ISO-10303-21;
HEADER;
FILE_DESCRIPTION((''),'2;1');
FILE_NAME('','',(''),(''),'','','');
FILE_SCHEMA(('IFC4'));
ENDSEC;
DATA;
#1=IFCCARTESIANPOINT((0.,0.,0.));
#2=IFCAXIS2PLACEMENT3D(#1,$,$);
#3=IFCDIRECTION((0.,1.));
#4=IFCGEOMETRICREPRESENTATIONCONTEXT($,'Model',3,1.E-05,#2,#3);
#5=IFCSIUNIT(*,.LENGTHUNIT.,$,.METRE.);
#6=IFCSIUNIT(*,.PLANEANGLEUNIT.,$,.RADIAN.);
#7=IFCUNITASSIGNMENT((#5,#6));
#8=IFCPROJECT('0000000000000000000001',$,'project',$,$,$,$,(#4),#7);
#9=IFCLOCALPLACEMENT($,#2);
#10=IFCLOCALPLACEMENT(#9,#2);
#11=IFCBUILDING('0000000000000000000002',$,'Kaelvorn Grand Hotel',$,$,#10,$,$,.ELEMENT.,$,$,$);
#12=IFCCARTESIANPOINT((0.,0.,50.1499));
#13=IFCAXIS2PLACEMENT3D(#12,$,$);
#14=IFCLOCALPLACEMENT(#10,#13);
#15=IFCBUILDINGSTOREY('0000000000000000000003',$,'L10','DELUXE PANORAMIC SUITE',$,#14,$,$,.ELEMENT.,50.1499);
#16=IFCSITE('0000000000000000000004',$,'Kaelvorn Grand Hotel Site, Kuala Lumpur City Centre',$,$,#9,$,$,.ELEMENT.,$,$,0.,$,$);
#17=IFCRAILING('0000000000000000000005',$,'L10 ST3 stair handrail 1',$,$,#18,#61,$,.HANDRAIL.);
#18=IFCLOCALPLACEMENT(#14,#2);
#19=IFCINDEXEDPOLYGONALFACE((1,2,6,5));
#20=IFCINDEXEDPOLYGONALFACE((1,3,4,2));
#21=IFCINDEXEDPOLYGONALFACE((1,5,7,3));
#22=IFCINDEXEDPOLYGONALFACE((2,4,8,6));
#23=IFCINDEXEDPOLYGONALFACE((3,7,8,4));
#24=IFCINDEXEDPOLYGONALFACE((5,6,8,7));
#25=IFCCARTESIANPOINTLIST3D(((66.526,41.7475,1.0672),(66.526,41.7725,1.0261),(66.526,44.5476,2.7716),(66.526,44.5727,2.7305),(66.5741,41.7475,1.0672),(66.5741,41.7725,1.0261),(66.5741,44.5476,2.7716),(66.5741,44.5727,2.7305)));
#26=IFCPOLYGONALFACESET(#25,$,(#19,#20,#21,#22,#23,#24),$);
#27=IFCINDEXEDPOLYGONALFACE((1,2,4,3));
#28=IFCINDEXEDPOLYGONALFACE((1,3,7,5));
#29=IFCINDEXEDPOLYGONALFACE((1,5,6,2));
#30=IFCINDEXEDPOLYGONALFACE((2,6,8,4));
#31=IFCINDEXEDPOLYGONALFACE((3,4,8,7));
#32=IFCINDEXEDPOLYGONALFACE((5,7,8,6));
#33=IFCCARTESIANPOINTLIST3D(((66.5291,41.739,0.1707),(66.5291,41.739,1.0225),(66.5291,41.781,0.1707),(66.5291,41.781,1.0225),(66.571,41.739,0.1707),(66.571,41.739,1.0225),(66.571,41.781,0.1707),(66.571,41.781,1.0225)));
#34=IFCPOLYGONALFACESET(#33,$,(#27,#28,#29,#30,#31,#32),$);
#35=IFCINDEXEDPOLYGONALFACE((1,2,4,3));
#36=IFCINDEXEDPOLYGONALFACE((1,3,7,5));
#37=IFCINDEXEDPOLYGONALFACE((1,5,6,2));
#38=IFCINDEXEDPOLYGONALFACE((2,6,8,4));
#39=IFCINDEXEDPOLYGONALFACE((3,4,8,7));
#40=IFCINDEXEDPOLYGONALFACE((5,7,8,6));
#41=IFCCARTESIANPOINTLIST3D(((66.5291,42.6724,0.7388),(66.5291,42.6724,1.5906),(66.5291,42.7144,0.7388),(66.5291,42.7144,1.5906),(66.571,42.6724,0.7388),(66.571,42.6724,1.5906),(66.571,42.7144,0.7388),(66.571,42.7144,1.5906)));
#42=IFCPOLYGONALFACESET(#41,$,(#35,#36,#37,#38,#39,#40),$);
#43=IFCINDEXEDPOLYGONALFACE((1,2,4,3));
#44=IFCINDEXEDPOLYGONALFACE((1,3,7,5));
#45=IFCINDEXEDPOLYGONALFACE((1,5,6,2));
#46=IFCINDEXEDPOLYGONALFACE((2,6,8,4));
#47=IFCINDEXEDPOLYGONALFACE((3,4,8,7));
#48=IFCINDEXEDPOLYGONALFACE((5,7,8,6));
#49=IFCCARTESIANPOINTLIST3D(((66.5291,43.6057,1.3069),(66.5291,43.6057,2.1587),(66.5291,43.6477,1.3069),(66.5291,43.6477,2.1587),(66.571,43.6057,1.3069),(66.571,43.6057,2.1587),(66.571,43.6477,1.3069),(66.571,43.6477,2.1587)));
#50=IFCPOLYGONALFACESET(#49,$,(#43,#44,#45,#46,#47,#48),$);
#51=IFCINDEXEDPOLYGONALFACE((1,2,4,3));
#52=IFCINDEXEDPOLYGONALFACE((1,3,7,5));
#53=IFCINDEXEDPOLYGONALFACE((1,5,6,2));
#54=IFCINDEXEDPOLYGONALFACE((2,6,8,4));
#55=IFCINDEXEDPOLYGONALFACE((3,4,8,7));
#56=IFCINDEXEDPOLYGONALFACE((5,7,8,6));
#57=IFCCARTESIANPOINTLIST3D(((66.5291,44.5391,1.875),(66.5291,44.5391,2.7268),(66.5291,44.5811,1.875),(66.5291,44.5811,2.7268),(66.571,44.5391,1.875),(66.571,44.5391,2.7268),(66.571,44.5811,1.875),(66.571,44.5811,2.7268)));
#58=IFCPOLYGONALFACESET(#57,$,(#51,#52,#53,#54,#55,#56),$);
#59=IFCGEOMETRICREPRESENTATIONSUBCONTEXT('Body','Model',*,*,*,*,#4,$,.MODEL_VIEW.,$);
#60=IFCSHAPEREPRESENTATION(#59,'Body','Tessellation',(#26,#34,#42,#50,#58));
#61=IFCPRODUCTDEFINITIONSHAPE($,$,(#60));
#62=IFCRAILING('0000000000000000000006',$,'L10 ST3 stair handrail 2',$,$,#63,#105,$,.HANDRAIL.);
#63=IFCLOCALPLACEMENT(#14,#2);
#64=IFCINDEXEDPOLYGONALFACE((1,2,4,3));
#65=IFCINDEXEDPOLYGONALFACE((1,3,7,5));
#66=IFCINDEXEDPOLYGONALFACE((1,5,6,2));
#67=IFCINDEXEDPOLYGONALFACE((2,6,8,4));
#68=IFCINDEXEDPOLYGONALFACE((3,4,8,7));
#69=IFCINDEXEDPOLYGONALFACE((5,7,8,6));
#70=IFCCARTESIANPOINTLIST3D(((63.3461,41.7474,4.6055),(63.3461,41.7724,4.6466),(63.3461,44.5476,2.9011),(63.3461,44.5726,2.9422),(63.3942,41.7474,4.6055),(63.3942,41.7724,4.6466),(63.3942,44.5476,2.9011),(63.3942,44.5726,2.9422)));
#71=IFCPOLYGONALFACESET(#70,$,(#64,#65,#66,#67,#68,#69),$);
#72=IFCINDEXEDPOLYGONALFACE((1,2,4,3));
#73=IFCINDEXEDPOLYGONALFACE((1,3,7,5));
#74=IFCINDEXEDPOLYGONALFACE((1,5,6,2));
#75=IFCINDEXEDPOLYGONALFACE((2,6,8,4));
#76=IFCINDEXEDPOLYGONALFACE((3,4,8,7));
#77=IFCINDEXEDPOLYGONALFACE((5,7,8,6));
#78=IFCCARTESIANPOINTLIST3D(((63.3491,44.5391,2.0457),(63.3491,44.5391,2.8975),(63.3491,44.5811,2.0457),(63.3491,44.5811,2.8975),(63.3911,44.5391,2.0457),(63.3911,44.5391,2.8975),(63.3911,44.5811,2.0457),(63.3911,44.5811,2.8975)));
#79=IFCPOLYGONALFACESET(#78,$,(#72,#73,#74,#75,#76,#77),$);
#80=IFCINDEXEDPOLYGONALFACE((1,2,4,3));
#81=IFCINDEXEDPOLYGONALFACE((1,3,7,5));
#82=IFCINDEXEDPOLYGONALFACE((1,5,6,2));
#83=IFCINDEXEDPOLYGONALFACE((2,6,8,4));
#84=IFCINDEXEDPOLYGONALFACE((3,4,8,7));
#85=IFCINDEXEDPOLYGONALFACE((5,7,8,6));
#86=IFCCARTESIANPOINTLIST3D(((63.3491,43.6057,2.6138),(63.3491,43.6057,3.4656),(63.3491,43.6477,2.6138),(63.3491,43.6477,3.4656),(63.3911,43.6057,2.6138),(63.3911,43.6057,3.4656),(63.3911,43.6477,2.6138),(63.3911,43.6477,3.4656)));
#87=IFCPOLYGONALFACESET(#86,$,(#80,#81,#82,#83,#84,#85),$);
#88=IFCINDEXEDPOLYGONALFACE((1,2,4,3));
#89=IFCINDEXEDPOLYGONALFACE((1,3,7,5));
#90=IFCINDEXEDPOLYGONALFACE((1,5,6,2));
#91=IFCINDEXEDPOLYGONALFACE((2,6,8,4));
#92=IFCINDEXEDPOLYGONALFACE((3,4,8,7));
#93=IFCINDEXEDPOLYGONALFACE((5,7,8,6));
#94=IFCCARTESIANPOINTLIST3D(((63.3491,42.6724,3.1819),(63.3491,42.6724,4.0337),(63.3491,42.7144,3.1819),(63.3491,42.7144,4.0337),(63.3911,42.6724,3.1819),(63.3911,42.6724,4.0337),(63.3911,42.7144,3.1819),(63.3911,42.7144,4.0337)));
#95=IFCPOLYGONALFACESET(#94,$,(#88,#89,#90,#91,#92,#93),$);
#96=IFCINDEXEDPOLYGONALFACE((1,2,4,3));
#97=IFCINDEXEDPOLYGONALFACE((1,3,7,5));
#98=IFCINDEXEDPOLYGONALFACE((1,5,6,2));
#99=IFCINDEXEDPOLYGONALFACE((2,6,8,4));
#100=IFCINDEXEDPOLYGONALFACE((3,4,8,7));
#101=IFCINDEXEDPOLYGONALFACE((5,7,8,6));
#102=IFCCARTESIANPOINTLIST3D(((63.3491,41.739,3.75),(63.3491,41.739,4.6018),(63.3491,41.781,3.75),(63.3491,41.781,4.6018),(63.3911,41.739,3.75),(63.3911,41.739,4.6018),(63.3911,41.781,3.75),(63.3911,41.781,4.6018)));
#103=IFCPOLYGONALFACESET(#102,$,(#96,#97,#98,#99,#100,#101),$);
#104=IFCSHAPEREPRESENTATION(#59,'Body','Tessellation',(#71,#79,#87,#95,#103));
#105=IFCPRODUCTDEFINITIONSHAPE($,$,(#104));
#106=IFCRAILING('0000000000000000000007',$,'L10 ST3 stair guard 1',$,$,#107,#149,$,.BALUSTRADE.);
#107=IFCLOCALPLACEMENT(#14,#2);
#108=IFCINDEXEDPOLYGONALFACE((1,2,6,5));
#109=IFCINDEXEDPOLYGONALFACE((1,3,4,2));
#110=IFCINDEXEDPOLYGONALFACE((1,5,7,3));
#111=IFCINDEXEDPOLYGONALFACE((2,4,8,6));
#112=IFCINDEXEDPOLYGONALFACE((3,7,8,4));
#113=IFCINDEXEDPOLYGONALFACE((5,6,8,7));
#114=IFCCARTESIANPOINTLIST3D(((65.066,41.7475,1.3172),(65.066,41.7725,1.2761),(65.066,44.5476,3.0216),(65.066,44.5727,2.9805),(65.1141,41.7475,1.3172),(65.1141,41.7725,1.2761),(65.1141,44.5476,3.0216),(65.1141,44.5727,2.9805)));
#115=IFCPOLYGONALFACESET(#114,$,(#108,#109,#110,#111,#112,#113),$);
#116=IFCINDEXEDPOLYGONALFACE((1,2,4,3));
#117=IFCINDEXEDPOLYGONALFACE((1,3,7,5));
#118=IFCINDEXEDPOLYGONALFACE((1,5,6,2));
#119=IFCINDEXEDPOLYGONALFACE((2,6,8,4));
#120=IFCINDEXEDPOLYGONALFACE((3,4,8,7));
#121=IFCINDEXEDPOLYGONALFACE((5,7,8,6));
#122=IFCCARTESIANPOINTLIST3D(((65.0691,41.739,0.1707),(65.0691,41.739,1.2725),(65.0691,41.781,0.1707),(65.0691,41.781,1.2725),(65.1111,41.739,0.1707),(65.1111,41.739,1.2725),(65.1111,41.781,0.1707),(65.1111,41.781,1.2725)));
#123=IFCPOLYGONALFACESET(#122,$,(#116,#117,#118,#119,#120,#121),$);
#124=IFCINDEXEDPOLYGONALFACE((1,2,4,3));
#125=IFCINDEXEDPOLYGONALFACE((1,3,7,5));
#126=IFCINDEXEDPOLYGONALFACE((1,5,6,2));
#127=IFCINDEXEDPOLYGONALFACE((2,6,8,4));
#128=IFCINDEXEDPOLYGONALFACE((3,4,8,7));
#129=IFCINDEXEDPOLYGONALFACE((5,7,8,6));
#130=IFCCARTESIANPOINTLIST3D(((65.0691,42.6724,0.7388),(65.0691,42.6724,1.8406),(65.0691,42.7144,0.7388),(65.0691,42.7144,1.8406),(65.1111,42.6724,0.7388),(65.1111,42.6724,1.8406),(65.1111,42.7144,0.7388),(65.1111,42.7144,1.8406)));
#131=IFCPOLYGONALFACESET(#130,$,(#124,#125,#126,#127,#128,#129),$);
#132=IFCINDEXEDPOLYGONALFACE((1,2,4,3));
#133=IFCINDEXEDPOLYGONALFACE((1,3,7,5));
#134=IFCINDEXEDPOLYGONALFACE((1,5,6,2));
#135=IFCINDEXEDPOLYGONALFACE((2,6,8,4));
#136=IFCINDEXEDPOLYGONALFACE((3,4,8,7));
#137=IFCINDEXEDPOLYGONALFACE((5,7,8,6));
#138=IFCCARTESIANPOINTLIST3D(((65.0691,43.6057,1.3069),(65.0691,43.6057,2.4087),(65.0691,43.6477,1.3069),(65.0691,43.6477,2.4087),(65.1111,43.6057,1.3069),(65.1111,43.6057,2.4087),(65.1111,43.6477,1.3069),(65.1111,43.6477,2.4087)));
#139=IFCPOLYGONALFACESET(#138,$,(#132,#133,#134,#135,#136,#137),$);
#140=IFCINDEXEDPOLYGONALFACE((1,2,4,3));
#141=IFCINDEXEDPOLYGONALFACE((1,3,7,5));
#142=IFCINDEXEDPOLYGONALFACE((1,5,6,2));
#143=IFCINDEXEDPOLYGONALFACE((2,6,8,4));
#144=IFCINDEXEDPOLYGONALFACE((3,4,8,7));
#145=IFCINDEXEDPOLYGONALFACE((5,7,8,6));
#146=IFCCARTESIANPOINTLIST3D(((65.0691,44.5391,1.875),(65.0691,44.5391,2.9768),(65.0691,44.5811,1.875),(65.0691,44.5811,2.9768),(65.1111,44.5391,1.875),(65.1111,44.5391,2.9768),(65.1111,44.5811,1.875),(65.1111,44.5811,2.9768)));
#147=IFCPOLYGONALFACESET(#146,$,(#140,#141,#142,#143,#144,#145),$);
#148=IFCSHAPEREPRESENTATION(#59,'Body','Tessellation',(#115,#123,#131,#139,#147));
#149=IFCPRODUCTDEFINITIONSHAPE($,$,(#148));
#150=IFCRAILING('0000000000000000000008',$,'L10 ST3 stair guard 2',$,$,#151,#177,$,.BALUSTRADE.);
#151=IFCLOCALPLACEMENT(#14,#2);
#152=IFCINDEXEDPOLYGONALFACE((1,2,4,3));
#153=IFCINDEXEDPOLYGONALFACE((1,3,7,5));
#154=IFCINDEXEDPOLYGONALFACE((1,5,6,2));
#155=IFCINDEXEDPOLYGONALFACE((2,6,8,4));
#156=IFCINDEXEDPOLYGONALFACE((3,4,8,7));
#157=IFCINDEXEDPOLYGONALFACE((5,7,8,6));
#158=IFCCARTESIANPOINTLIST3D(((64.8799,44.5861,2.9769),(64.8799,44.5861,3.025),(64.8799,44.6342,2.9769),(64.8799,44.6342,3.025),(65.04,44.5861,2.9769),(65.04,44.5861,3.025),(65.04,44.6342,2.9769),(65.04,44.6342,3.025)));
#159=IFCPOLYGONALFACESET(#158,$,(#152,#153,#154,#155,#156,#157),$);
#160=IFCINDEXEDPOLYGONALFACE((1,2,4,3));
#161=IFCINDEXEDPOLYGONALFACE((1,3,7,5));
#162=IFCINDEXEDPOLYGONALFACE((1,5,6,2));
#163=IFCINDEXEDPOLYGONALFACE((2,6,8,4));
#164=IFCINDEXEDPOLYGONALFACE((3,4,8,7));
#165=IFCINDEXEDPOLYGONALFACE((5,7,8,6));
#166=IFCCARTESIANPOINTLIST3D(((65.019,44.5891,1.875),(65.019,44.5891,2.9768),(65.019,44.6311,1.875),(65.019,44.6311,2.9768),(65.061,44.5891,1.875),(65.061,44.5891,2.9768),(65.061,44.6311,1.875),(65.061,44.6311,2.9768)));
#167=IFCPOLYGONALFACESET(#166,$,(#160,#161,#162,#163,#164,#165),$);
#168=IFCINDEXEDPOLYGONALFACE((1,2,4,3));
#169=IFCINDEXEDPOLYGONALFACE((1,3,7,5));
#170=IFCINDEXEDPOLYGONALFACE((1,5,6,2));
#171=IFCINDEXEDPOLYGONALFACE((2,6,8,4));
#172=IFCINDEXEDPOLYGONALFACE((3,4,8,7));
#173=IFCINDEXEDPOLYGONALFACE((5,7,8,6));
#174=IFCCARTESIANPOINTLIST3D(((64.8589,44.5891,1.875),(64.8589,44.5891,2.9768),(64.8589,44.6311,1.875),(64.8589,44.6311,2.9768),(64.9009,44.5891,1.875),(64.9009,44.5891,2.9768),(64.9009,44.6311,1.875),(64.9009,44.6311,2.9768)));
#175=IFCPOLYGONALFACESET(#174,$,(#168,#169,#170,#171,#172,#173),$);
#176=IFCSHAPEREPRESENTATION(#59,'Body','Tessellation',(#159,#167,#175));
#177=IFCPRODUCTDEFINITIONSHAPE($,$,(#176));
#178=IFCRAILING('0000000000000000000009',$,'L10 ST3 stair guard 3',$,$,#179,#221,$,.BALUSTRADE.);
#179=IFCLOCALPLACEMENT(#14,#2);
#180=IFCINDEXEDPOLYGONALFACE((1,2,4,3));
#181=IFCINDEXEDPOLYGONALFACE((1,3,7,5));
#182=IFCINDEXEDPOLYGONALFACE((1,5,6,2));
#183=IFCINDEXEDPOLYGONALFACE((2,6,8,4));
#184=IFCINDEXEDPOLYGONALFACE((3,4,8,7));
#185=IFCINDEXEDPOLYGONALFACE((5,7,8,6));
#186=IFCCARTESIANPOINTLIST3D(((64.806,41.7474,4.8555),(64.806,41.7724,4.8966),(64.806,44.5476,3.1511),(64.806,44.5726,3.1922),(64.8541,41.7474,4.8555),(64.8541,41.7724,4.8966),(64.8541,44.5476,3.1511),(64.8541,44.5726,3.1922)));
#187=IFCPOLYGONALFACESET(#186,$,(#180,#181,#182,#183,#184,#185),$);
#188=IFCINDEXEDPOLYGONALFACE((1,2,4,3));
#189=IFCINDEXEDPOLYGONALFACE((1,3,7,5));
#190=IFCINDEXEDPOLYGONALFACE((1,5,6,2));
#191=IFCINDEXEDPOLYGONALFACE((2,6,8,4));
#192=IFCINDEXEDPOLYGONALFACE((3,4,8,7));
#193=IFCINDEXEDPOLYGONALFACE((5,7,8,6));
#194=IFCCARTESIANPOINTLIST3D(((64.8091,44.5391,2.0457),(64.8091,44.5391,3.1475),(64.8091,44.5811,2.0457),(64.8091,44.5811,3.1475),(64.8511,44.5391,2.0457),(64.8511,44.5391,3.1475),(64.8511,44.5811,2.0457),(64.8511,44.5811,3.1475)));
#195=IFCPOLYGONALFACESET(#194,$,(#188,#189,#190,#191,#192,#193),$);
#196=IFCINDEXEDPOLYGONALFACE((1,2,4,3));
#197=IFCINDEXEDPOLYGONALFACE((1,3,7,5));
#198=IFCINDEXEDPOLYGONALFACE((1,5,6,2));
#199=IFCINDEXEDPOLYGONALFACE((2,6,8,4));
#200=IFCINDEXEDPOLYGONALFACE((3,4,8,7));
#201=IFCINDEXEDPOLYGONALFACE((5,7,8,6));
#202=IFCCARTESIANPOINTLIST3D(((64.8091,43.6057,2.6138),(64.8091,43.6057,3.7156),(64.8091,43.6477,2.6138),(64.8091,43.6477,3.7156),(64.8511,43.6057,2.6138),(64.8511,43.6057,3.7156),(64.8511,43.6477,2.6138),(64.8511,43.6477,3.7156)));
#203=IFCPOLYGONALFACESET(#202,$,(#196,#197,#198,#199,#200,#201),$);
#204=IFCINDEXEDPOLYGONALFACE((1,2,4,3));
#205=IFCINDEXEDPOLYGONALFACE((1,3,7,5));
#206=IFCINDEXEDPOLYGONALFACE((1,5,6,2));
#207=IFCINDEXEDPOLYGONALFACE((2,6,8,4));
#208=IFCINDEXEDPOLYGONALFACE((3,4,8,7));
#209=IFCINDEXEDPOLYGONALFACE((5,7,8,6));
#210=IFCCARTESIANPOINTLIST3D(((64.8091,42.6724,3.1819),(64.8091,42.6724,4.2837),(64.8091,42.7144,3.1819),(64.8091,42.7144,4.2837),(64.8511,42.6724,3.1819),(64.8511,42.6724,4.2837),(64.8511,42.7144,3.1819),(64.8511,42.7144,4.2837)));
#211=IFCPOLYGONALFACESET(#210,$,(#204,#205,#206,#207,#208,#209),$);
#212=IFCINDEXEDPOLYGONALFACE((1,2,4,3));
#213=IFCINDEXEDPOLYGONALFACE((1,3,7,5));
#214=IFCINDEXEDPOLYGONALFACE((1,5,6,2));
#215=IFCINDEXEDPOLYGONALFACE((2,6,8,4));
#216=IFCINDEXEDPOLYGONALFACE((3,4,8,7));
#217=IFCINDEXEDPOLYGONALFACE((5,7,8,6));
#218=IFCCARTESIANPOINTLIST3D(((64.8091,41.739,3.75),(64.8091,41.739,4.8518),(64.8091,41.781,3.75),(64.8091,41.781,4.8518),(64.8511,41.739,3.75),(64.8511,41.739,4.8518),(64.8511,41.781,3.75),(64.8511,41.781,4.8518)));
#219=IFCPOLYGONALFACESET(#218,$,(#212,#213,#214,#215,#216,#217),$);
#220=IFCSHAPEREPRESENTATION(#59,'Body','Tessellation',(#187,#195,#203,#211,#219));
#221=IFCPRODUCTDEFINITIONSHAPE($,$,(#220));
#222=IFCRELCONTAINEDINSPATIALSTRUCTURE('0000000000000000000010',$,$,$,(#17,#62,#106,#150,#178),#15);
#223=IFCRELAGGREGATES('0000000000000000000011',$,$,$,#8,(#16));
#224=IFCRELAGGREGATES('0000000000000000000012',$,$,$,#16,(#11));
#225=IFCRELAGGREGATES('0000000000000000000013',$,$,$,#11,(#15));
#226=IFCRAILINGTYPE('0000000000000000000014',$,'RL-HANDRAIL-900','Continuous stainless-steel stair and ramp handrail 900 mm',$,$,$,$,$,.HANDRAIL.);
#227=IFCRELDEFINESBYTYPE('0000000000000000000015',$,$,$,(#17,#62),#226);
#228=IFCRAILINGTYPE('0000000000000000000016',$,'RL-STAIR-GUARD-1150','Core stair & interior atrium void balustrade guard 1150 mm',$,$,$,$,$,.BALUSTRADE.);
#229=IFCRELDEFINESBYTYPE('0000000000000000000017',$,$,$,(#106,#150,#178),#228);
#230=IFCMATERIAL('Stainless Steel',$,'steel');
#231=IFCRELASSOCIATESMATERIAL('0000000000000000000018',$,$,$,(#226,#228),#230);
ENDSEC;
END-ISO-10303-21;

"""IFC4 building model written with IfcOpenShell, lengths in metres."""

from ifc_helpers import new_model, si_unit, direction, frame, origin, origin_2d, place, context, subcontext, project, spatial, rectangle, extrude, material, type_object, element, save


model = new_model("IFC4")

# Units and contexts
model_context = context("Model", 3, precision=1e-05, world=origin(), true_north=direction((0.0, 1.0)))
body_context = subcontext(model_context, "Body", "Model", "MODEL_VIEW")
ifc_project = project(units=[si_unit("LENGTHUNIT", "METRE"), si_unit("PLANEANGLEUNIT", "RADIAN")], contexts=[model_context])

# Site, building, storey
site_placement = place(None, origin())
site = spatial("IfcSite", under=ifc_project, at=site_placement, Name="Kaelvorn Grand Hotel Site, Kuala Lumpur City Centre", CompositionType="ELEMENT", RefElevation=0.0)
building_placement = place(site_placement, origin())
building = spatial("IfcBuilding", under=site, at=building_placement, Name="Kaelvorn Grand Hotel", CompositionType="ELEMENT")
storey_placement = place(building_placement, frame((0.0, 0.0, 50.1499)))
storey = spatial("IfcBuildingStorey", under=building, at=storey_placement, Name="L10", Description="DELUXE PANORAMIC SUITE", CompositionType="ELEMENT", Elevation=50.1499)

# Shared definitions
ifc_material_1 = material(Name="Stainless Steel", Category="steel")

# Railings
railing_type_1 = type_object("IfcRailingType", Name="RL-HANDRAIL-900", Description="Continuous stainless-steel stair and ramp handrail 900 mm", PredefinedType="HANDRAIL", material=ifc_material_1)
railing_1_placement = place(storey_placement, frame((66.55, 41.76, 0.1707)))
element("IfcRailing", 1, at=railing_1_placement, inside=storey, type_object=railing_type_1, Name="L10 ST3 stair handrail 1", PredefinedType="HANDRAIL", context=body_context, shape_type="SweptSolid", body=[
    extrude(rectangle(XDim=0.0481, YDim=0.0481, at=origin_2d()), frame((0.0, 0.0, 0.876), z_axis=(0.0, 0.854203, 0.51994), x_axis=(-1.0, 0.0, 0.0)), (0.0, 0.0, 1.0), 3.2781),
    extrude(rectangle(XDim=0.042, YDim=0.042, at=origin_2d()), origin(), (0.0, 0.0, 1.0), 0.8518),
    extrude(rectangle(XDim=0.042, YDim=0.042, at=origin_2d()), frame((0.0, 0.9333, 0.5681)), (0.0, 0.0, 1.0), 0.8518),
    extrude(rectangle(XDim=0.042, YDim=0.042, at=origin_2d()), frame((0.0, 1.8667, 1.1362)), (0.0, 0.0, 1.0), 0.8518),
    extrude(rectangle(XDim=0.042, YDim=0.042, at=origin_2d()), frame((0.0, 2.8, 1.7043)), (0.0, 0.0, 1.0), 0.8518),
])
railing_2_placement = place(storey_placement, frame((63.3701, 44.5601, 2.0457)))
element("IfcRailing", 2, at=railing_2_placement, inside=storey, type_object=railing_type_1, Name="L10 ST3 stair handrail 2", PredefinedType="HANDRAIL", context=body_context, shape_type="SweptSolid", body=[
    extrude(rectangle(XDim=0.0481, YDim=0.0481, at=origin_2d()), frame((0.0, 0.0, 0.876), z_axis=(0.0, -0.854203, 0.51994), x_axis=(1.0, 0.0, 0.0)), (0.0, 0.0, 1.0), 3.2781),
    extrude(rectangle(XDim=0.042, YDim=0.042, at=origin_2d()), origin(), (0.0, 0.0, 1.0), 0.8518),
    extrude(rectangle(XDim=0.042, YDim=0.042, at=origin_2d()), frame((0.0, -0.9333, 0.5681)), (0.0, 0.0, 1.0), 0.8518),
    extrude(rectangle(XDim=0.042, YDim=0.042, at=origin_2d()), frame((0.0, -1.8667, 1.1362)), (0.0, 0.0, 1.0), 0.8518),
    extrude(rectangle(XDim=0.042, YDim=0.042, at=origin_2d()), frame((0.0, -2.8, 1.7043)), (0.0, 0.0, 1.0), 0.8518),
])
railing_type_2 = type_object("IfcRailingType", Name="RL-STAIR-GUARD-1150", Description="Core stair & interior atrium void balustrade guard 1150 mm", PredefinedType="BALUSTRADE", material=ifc_material_1)
railing_3_placement = place(storey_placement, frame((65.0901, 41.76, 0.1707)))
element("IfcRailing", 3, at=railing_3_placement, inside=storey, type_object=railing_type_2, Name="L10 ST3 stair guard 1", PredefinedType="BALUSTRADE", context=body_context, shape_type="SweptSolid", body=[
    extrude(rectangle(XDim=0.0481, YDim=0.0481, at=origin_2d()), frame((0.0, 0.0, 1.126), z_axis=(0.0, 0.854203, 0.51994), x_axis=(-1.0, 0.0, 0.0)), (0.0, 0.0, 1.0), 3.2781),
    extrude(rectangle(XDim=0.042, YDim=0.042, at=origin_2d()), origin(), (0.0, 0.0, 1.0), 1.1018),
    extrude(rectangle(XDim=0.042, YDim=0.042, at=origin_2d()), frame((0.0, 0.9333, 0.5681)), (0.0, 0.0, 1.0), 1.1018),
    extrude(rectangle(XDim=0.042, YDim=0.042, at=origin_2d()), frame((0.0, 1.8667, 1.1362)), (0.0, 0.0, 1.0), 1.1018),
    extrude(rectangle(XDim=0.042, YDim=0.042, at=origin_2d()), frame((0.0, 2.8, 1.7043)), (0.0, 0.0, 1.0), 1.1018),
])
railing_4_placement = place(storey_placement, frame((65.04, 44.6101, 1.875)))
element("IfcRailing", 4, at=railing_4_placement, inside=storey, type_object=railing_type_2, Name="L10 ST3 stair guard 2", PredefinedType="BALUSTRADE", context=body_context, shape_type="SweptSolid", body=[
    extrude(rectangle(XDim=0.0481, YDim=0.0481, at=origin_2d()), frame((0.0, 0.0, 1.126), z_axis=(-1.0, 0.0, 0.0), x_axis=(0.0, -1.0, 0.0)), (0.0, 0.0, 1.0), 0.1602),
    extrude(rectangle(XDim=0.042, YDim=0.042, at=origin_2d()), origin(), (0.0, 0.0, 1.0), 1.1018),
    extrude(rectangle(XDim=0.042, YDim=0.042, at=origin_2d()), frame((-0.1602, 0.0, 0.0)), (0.0, 0.0, 1.0), 1.1018),
])
railing_5_placement = place(storey_placement, frame((64.8301, 44.5601, 2.0457)))
element("IfcRailing", 5, at=railing_5_placement, inside=storey, type_object=railing_type_2, Name="L10 ST3 stair guard 3", PredefinedType="BALUSTRADE", context=body_context, shape_type="SweptSolid", body=[
    extrude(rectangle(XDim=0.0481, YDim=0.0481, at=origin_2d()), frame((0.0, 0.0, 1.126), z_axis=(0.0, -0.854203, 0.51994), x_axis=(1.0, 0.0, 0.0)), (0.0, 0.0, 1.0), 3.2781),
    extrude(rectangle(XDim=0.042, YDim=0.042, at=origin_2d()), origin(), (0.0, 0.0, 1.0), 1.1018),
    extrude(rectangle(XDim=0.042, YDim=0.042, at=origin_2d()), frame((0.0, -0.9333, 0.5681)), (0.0, 0.0, 1.0), 1.1018),
    extrude(rectangle(XDim=0.042, YDim=0.042, at=origin_2d()), frame((0.0, -1.8667, 1.1362)), (0.0, 0.0, 1.0), 1.1018),
    extrude(rectangle(XDim=0.042, YDim=0.042, at=origin_2d()), frame((0.0, -2.8, 1.7043)), (0.0, 0.0, 1.0), 1.1018),
])

save(model, "model.ifc")
